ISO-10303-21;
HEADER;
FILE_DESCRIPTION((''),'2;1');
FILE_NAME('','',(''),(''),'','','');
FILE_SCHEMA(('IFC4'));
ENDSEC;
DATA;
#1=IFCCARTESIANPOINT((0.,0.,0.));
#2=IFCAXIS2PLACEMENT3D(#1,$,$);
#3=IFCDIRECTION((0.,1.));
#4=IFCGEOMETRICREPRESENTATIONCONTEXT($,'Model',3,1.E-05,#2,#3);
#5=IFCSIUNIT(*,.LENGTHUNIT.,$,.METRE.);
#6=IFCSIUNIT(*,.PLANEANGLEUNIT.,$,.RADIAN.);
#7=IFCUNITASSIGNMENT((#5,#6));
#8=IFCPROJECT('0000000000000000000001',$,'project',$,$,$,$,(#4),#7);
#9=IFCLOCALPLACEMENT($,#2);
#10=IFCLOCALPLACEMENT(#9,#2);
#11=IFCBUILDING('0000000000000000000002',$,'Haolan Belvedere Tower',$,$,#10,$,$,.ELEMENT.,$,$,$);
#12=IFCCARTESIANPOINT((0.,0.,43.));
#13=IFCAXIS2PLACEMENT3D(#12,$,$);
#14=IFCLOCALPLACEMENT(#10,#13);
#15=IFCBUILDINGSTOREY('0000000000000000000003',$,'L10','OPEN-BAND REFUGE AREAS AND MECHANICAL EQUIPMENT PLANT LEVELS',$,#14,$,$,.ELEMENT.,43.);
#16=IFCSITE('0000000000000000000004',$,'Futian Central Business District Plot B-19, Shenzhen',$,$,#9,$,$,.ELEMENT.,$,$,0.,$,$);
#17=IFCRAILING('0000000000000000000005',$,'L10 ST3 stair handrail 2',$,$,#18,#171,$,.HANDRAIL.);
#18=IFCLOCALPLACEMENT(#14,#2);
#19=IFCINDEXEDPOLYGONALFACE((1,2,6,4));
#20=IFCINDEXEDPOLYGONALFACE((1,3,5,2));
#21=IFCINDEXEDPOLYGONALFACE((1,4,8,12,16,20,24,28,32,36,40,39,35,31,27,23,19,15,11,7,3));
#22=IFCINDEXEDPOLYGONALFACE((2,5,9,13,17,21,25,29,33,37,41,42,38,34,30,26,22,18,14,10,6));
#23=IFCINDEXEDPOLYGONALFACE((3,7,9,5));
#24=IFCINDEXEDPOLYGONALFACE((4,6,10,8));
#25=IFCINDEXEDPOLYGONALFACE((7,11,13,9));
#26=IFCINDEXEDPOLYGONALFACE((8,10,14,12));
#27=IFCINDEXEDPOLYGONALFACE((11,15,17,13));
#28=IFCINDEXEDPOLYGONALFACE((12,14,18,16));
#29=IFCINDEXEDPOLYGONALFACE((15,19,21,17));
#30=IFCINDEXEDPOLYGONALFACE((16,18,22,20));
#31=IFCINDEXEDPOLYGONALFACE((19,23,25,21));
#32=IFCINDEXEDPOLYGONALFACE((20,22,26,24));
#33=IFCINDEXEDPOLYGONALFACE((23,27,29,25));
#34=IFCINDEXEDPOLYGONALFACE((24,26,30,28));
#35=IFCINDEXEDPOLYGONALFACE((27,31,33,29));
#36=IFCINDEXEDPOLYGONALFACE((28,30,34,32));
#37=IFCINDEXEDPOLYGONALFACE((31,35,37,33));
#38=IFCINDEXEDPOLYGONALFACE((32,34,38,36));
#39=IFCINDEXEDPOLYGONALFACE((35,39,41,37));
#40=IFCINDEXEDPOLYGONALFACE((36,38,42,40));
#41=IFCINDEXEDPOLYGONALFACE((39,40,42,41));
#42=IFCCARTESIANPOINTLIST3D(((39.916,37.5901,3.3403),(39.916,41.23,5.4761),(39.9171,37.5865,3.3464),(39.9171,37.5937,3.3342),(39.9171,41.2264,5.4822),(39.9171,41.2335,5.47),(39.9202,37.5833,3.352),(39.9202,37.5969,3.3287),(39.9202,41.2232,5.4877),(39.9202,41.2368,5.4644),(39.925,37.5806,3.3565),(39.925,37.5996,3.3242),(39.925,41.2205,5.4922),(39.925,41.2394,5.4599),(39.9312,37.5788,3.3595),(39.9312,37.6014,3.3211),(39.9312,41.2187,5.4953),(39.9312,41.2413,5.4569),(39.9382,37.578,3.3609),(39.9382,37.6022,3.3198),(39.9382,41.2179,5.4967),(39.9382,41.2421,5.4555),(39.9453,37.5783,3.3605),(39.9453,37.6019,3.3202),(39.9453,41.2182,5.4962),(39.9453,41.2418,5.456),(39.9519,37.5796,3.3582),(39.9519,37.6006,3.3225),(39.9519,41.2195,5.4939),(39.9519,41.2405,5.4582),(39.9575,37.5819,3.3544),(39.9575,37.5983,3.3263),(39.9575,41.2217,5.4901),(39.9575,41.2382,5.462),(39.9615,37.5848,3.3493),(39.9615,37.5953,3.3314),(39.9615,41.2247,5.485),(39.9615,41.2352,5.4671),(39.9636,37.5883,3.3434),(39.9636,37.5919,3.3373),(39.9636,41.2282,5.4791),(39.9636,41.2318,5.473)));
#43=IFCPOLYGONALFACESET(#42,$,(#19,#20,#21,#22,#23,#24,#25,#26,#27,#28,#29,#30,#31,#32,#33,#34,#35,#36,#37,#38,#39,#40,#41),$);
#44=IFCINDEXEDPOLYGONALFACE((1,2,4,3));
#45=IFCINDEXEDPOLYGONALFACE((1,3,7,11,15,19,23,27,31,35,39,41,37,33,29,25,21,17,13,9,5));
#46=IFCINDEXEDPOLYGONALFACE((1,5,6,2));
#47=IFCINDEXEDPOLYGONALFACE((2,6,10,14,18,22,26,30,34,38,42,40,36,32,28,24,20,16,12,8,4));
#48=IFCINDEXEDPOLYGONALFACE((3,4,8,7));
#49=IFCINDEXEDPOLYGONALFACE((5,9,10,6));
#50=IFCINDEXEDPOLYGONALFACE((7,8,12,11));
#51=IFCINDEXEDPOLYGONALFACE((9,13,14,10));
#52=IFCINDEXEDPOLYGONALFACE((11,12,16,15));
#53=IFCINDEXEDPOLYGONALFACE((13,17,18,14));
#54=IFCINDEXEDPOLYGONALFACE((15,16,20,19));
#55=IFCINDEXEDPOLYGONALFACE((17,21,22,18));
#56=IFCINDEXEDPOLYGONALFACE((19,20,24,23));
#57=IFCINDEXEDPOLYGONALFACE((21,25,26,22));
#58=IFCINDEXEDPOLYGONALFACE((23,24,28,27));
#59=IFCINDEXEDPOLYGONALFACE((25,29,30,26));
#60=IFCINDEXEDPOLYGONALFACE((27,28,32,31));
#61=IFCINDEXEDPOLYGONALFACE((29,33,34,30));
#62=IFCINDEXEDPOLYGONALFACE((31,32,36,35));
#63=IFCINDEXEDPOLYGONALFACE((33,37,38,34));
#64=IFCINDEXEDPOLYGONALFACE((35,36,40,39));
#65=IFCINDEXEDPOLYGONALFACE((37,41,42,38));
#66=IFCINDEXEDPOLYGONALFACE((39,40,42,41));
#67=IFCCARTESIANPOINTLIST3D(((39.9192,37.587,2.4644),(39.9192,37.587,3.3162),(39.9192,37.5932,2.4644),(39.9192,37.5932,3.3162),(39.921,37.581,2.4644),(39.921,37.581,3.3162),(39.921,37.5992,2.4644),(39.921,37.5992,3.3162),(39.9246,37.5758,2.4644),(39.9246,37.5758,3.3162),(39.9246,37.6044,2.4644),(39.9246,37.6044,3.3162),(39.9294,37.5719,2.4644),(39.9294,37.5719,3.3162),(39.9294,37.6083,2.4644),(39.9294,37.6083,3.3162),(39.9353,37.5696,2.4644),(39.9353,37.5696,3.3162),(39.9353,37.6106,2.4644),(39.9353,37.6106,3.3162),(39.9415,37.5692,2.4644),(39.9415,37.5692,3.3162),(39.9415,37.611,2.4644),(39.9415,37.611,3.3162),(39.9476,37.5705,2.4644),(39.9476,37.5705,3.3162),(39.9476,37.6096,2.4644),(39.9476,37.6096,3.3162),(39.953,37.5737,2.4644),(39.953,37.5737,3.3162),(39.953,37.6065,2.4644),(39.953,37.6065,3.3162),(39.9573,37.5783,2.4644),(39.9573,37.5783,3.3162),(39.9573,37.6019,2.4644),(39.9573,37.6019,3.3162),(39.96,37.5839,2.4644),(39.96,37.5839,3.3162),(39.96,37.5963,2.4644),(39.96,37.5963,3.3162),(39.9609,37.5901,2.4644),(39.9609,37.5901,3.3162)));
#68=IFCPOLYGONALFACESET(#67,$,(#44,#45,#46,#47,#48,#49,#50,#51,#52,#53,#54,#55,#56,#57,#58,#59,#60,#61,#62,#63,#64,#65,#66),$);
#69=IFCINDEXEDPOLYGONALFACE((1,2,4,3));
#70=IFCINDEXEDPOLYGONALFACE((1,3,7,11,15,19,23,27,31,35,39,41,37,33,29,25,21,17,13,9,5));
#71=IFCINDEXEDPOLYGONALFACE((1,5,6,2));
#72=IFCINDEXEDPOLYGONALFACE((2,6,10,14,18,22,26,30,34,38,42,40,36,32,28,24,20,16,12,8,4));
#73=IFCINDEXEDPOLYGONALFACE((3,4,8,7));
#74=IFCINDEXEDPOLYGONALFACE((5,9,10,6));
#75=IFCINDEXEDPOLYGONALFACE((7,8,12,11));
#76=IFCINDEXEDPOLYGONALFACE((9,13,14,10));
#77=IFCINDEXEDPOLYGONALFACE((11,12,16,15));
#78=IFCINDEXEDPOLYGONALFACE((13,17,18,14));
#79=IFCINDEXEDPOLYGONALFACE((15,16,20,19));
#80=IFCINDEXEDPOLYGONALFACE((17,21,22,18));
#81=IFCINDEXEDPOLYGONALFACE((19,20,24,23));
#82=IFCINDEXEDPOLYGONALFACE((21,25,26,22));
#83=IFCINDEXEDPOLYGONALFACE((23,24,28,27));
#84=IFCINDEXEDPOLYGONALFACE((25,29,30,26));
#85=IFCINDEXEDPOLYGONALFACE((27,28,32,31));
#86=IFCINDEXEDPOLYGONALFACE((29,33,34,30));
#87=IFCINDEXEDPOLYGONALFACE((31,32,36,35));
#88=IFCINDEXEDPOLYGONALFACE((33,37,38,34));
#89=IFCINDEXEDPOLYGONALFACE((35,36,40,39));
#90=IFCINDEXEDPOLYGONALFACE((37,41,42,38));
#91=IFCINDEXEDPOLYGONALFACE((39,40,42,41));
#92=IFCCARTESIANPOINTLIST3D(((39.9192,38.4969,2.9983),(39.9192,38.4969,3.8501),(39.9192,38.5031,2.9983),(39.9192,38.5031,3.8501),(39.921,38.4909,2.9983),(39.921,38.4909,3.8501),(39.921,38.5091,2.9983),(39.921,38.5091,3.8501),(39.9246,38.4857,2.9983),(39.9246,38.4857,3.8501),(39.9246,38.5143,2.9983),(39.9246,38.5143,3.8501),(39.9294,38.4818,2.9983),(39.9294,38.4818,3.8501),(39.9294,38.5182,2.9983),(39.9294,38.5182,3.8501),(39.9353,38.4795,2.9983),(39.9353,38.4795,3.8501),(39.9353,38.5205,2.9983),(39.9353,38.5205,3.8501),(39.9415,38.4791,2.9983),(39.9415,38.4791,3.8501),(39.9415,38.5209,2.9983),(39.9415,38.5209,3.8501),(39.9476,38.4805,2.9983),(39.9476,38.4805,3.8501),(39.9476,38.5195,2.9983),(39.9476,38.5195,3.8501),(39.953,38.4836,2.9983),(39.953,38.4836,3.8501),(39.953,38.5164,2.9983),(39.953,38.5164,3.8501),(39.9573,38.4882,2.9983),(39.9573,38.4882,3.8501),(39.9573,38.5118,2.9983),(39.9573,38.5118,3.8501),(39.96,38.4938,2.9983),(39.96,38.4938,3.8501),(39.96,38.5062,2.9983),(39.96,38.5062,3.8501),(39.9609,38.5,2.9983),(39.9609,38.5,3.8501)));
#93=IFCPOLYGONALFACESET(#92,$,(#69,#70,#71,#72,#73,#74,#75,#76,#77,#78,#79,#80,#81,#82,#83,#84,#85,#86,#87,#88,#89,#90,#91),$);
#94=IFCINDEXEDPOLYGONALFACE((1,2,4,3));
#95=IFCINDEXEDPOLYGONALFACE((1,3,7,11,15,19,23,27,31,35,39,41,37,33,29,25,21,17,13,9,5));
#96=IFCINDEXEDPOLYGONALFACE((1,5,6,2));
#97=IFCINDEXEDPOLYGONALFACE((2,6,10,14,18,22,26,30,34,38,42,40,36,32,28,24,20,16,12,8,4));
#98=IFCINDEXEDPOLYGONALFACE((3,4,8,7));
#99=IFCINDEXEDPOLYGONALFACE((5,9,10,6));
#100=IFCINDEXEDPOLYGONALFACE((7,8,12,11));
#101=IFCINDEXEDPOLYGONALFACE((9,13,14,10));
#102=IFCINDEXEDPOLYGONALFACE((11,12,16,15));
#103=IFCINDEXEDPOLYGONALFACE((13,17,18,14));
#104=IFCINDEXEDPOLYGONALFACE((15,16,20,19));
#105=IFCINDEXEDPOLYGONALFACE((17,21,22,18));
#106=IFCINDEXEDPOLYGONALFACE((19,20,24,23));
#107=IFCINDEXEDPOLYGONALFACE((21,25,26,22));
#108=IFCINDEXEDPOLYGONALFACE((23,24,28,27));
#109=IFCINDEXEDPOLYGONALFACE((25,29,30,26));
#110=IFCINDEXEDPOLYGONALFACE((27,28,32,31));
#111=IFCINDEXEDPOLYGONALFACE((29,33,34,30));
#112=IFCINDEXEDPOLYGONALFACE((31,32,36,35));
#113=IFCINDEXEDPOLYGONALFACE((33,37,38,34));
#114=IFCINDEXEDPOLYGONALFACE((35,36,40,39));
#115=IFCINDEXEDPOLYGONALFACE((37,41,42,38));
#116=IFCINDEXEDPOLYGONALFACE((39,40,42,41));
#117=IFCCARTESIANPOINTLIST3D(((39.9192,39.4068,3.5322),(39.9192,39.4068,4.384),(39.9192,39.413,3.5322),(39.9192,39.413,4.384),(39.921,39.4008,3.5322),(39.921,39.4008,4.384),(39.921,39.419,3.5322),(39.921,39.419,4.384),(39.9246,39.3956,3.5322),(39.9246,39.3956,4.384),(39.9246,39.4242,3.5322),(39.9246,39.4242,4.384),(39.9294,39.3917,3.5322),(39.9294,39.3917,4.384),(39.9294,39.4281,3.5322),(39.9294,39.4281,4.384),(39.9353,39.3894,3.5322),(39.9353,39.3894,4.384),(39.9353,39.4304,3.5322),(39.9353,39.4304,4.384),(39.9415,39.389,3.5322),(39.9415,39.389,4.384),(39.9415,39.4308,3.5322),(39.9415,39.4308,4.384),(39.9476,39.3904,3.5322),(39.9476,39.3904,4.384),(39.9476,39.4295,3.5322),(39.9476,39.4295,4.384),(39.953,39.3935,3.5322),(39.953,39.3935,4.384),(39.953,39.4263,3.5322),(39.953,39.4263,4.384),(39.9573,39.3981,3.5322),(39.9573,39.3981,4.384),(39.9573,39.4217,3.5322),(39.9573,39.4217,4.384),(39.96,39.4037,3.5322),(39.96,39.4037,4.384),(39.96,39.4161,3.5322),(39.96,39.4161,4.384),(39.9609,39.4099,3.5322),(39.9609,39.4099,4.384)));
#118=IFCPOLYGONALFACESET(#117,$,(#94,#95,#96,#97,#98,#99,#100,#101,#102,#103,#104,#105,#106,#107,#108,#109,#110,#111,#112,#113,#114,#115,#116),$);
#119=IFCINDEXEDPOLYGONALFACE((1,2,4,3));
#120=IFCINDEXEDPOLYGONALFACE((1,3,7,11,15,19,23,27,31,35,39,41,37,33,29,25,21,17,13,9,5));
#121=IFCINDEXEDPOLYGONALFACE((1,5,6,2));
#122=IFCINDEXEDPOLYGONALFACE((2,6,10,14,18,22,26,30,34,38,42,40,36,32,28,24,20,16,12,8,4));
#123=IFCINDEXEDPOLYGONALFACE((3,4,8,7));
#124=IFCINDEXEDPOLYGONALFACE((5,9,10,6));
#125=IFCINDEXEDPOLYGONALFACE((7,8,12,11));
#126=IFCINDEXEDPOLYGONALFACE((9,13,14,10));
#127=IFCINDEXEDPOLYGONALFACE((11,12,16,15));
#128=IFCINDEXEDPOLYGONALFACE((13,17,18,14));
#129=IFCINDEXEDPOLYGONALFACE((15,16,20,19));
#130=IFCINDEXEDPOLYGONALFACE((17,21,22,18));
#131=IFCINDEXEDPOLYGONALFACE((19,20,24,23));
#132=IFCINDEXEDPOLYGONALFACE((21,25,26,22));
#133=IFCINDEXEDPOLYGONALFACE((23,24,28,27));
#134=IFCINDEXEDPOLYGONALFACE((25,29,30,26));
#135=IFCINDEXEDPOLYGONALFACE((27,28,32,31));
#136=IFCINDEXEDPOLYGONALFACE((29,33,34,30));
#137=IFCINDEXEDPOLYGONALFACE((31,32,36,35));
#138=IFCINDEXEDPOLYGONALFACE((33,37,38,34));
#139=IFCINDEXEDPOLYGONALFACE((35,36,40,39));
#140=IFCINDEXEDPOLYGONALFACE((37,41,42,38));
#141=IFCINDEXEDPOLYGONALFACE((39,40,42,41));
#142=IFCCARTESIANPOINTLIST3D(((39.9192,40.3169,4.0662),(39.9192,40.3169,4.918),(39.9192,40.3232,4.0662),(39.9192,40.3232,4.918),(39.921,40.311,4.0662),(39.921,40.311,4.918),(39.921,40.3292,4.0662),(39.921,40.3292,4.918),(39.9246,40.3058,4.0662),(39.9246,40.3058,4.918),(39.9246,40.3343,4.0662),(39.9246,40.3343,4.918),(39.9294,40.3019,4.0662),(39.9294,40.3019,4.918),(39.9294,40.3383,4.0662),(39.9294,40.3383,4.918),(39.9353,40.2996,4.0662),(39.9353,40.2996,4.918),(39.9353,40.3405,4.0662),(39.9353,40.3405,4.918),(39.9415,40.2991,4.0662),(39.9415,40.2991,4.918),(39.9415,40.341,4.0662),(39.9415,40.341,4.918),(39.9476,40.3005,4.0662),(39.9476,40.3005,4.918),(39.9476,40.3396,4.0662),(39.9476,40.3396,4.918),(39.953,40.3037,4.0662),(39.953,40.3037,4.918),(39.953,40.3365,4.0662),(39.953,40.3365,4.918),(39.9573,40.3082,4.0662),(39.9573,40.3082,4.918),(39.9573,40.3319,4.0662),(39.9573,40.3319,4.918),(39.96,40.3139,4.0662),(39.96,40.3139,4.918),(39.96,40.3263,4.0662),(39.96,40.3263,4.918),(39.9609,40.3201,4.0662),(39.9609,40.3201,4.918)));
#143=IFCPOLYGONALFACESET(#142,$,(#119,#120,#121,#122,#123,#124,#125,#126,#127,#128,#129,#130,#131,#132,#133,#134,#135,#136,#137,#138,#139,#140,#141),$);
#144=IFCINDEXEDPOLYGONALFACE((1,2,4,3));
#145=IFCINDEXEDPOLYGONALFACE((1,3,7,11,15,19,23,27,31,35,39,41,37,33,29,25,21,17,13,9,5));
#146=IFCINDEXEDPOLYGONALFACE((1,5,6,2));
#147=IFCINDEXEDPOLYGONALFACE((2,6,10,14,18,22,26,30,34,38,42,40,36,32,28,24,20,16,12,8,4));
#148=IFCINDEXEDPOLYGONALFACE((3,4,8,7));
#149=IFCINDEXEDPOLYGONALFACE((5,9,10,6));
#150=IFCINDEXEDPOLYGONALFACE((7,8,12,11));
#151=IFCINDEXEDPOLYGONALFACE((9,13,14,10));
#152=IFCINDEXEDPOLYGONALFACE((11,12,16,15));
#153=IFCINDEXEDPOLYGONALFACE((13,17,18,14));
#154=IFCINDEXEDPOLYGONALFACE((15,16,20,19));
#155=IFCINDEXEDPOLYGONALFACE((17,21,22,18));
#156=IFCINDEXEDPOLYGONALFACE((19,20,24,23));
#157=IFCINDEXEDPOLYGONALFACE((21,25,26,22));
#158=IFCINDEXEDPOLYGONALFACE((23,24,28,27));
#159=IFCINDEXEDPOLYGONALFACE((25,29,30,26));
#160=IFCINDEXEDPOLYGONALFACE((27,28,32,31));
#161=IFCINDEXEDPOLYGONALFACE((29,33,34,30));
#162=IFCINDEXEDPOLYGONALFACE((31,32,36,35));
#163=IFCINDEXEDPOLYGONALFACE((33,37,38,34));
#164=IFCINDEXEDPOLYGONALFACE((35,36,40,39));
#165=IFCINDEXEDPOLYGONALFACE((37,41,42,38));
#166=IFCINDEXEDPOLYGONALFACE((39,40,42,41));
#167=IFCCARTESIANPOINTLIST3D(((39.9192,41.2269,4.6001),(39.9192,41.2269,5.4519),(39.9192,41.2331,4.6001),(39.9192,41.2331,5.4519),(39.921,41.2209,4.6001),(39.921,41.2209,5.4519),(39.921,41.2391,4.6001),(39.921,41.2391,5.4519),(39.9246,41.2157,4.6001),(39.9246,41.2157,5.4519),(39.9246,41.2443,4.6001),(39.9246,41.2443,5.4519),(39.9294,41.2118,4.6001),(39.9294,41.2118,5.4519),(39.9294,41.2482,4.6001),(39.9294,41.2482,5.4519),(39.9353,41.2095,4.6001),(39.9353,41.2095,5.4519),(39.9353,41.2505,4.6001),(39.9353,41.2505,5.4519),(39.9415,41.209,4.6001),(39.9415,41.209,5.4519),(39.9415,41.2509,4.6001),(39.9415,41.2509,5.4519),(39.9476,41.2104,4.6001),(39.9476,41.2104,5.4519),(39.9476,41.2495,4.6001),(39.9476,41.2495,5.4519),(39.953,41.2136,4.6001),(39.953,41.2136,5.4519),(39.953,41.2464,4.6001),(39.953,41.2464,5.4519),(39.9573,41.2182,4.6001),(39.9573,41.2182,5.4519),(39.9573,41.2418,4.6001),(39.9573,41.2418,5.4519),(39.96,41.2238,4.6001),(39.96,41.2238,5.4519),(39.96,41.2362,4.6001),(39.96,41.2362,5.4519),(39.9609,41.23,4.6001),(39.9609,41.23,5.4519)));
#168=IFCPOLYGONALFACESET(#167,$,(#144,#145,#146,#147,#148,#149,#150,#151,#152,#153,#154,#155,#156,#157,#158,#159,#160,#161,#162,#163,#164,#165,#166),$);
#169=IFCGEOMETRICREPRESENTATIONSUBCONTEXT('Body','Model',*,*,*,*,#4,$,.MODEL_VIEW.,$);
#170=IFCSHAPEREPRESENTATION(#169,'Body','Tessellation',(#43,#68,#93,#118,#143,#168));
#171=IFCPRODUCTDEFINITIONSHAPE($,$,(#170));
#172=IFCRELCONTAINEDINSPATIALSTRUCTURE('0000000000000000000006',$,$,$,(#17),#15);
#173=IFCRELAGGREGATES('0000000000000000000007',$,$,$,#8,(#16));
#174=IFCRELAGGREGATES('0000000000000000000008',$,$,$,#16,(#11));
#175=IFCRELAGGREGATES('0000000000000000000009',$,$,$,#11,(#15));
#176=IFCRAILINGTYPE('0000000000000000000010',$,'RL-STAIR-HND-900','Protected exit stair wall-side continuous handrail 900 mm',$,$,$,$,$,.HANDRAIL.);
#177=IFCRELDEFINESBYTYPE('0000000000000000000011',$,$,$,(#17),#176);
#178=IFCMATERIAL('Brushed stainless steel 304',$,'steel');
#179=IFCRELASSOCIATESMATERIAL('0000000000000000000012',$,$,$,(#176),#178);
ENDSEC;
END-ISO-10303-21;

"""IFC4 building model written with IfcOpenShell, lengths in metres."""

from ifc_helpers import new_model, si_unit, direction, frame, origin, origin_2d, place, context, subcontext, project, spatial, circle, extrude, material, type_object, element, save


model = new_model("IFC4")

# Units and contexts
model_context = context("Model", 3, precision=1e-05, world=origin(), true_north=direction((0.0, 1.0)))
body_context = subcontext(model_context, "Body", "Model", "MODEL_VIEW")
ifc_project = project(units=[si_unit("LENGTHUNIT", "METRE"), si_unit("PLANEANGLEUNIT", "RADIAN")], contexts=[model_context])

# Site, building, storey
site_placement = place(None, origin())
site = spatial("IfcSite", under=ifc_project, at=site_placement, Name="Futian Central Business District Plot B-19, Shenzhen", CompositionType="ELEMENT", RefElevation=0.0)
building_placement = place(site_placement, origin())
building = spatial("IfcBuilding", under=site, at=building_placement, Name="Haolan Belvedere Tower", CompositionType="ELEMENT")
storey_placement = place(building_placement, frame((0.0, 0.0, 43.0)))
storey = spatial("IfcBuildingStorey", under=building, at=storey_placement, Name="L10", Description="OPEN-BAND REFUGE AREAS AND MECHANICAL EQUIPMENT PLANT LEVELS", CompositionType="ELEMENT", Elevation=43.0)

# Railing
ifc_material_1 = material(Name="Brushed stainless steel 304", Category="steel")
railing_type_1 = type_object("IfcRailingType", Name="RL-STAIR-HND-900", Description="Protected exit stair wall-side continuous handrail 900 mm", PredefinedType="HANDRAIL", material=ifc_material_1)
for number, where, name in (
    (1, (39.9399, 37.5901, 2.4644), "L10 ST3 stair handrail 2"),
):
    element("IfcRailing", number, at=place(storey_placement, frame(where)), inside=storey, type_object=railing_type_1, Name=name, PredefinedType="HANDRAIL", context=body_context, shape_type="SweptSolid", body=[
        extrude(circle(Radius=0.0239, at=origin_2d()), frame((0.0, 0.0, 0.876), z_axis=(0.0, 0.86249, 0.506074), x_axis=(-1.0, 0.0, 0.0)), (0.0, 0.0, 1.0), 4.2202),
        extrude(circle(Radius=0.021, at=origin_2d()), origin(), (0.0, 0.0, 1.0), 0.8518),
        extrude(circle(Radius=0.021, at=origin_2d()), frame((0.0, 0.9099, 0.5339)), (0.0, 0.0, 1.0), 0.8518),
        extrude(circle(Radius=0.021, at=origin_2d()), frame((0.0, 1.8198, 1.0679)), (0.0, 0.0, 1.0), 0.8518),
        extrude(circle(Radius=0.021, at=origin_2d()), frame((0.0, 2.73, 1.6018)), (0.0, 0.0, 1.0), 0.8518),
        extrude(circle(Radius=0.021, at=origin_2d()), frame((0.0, 3.6399, 2.1357)), (0.0, 0.0, 1.0), 0.8518),
    ])

save(model, "model.ifc")
